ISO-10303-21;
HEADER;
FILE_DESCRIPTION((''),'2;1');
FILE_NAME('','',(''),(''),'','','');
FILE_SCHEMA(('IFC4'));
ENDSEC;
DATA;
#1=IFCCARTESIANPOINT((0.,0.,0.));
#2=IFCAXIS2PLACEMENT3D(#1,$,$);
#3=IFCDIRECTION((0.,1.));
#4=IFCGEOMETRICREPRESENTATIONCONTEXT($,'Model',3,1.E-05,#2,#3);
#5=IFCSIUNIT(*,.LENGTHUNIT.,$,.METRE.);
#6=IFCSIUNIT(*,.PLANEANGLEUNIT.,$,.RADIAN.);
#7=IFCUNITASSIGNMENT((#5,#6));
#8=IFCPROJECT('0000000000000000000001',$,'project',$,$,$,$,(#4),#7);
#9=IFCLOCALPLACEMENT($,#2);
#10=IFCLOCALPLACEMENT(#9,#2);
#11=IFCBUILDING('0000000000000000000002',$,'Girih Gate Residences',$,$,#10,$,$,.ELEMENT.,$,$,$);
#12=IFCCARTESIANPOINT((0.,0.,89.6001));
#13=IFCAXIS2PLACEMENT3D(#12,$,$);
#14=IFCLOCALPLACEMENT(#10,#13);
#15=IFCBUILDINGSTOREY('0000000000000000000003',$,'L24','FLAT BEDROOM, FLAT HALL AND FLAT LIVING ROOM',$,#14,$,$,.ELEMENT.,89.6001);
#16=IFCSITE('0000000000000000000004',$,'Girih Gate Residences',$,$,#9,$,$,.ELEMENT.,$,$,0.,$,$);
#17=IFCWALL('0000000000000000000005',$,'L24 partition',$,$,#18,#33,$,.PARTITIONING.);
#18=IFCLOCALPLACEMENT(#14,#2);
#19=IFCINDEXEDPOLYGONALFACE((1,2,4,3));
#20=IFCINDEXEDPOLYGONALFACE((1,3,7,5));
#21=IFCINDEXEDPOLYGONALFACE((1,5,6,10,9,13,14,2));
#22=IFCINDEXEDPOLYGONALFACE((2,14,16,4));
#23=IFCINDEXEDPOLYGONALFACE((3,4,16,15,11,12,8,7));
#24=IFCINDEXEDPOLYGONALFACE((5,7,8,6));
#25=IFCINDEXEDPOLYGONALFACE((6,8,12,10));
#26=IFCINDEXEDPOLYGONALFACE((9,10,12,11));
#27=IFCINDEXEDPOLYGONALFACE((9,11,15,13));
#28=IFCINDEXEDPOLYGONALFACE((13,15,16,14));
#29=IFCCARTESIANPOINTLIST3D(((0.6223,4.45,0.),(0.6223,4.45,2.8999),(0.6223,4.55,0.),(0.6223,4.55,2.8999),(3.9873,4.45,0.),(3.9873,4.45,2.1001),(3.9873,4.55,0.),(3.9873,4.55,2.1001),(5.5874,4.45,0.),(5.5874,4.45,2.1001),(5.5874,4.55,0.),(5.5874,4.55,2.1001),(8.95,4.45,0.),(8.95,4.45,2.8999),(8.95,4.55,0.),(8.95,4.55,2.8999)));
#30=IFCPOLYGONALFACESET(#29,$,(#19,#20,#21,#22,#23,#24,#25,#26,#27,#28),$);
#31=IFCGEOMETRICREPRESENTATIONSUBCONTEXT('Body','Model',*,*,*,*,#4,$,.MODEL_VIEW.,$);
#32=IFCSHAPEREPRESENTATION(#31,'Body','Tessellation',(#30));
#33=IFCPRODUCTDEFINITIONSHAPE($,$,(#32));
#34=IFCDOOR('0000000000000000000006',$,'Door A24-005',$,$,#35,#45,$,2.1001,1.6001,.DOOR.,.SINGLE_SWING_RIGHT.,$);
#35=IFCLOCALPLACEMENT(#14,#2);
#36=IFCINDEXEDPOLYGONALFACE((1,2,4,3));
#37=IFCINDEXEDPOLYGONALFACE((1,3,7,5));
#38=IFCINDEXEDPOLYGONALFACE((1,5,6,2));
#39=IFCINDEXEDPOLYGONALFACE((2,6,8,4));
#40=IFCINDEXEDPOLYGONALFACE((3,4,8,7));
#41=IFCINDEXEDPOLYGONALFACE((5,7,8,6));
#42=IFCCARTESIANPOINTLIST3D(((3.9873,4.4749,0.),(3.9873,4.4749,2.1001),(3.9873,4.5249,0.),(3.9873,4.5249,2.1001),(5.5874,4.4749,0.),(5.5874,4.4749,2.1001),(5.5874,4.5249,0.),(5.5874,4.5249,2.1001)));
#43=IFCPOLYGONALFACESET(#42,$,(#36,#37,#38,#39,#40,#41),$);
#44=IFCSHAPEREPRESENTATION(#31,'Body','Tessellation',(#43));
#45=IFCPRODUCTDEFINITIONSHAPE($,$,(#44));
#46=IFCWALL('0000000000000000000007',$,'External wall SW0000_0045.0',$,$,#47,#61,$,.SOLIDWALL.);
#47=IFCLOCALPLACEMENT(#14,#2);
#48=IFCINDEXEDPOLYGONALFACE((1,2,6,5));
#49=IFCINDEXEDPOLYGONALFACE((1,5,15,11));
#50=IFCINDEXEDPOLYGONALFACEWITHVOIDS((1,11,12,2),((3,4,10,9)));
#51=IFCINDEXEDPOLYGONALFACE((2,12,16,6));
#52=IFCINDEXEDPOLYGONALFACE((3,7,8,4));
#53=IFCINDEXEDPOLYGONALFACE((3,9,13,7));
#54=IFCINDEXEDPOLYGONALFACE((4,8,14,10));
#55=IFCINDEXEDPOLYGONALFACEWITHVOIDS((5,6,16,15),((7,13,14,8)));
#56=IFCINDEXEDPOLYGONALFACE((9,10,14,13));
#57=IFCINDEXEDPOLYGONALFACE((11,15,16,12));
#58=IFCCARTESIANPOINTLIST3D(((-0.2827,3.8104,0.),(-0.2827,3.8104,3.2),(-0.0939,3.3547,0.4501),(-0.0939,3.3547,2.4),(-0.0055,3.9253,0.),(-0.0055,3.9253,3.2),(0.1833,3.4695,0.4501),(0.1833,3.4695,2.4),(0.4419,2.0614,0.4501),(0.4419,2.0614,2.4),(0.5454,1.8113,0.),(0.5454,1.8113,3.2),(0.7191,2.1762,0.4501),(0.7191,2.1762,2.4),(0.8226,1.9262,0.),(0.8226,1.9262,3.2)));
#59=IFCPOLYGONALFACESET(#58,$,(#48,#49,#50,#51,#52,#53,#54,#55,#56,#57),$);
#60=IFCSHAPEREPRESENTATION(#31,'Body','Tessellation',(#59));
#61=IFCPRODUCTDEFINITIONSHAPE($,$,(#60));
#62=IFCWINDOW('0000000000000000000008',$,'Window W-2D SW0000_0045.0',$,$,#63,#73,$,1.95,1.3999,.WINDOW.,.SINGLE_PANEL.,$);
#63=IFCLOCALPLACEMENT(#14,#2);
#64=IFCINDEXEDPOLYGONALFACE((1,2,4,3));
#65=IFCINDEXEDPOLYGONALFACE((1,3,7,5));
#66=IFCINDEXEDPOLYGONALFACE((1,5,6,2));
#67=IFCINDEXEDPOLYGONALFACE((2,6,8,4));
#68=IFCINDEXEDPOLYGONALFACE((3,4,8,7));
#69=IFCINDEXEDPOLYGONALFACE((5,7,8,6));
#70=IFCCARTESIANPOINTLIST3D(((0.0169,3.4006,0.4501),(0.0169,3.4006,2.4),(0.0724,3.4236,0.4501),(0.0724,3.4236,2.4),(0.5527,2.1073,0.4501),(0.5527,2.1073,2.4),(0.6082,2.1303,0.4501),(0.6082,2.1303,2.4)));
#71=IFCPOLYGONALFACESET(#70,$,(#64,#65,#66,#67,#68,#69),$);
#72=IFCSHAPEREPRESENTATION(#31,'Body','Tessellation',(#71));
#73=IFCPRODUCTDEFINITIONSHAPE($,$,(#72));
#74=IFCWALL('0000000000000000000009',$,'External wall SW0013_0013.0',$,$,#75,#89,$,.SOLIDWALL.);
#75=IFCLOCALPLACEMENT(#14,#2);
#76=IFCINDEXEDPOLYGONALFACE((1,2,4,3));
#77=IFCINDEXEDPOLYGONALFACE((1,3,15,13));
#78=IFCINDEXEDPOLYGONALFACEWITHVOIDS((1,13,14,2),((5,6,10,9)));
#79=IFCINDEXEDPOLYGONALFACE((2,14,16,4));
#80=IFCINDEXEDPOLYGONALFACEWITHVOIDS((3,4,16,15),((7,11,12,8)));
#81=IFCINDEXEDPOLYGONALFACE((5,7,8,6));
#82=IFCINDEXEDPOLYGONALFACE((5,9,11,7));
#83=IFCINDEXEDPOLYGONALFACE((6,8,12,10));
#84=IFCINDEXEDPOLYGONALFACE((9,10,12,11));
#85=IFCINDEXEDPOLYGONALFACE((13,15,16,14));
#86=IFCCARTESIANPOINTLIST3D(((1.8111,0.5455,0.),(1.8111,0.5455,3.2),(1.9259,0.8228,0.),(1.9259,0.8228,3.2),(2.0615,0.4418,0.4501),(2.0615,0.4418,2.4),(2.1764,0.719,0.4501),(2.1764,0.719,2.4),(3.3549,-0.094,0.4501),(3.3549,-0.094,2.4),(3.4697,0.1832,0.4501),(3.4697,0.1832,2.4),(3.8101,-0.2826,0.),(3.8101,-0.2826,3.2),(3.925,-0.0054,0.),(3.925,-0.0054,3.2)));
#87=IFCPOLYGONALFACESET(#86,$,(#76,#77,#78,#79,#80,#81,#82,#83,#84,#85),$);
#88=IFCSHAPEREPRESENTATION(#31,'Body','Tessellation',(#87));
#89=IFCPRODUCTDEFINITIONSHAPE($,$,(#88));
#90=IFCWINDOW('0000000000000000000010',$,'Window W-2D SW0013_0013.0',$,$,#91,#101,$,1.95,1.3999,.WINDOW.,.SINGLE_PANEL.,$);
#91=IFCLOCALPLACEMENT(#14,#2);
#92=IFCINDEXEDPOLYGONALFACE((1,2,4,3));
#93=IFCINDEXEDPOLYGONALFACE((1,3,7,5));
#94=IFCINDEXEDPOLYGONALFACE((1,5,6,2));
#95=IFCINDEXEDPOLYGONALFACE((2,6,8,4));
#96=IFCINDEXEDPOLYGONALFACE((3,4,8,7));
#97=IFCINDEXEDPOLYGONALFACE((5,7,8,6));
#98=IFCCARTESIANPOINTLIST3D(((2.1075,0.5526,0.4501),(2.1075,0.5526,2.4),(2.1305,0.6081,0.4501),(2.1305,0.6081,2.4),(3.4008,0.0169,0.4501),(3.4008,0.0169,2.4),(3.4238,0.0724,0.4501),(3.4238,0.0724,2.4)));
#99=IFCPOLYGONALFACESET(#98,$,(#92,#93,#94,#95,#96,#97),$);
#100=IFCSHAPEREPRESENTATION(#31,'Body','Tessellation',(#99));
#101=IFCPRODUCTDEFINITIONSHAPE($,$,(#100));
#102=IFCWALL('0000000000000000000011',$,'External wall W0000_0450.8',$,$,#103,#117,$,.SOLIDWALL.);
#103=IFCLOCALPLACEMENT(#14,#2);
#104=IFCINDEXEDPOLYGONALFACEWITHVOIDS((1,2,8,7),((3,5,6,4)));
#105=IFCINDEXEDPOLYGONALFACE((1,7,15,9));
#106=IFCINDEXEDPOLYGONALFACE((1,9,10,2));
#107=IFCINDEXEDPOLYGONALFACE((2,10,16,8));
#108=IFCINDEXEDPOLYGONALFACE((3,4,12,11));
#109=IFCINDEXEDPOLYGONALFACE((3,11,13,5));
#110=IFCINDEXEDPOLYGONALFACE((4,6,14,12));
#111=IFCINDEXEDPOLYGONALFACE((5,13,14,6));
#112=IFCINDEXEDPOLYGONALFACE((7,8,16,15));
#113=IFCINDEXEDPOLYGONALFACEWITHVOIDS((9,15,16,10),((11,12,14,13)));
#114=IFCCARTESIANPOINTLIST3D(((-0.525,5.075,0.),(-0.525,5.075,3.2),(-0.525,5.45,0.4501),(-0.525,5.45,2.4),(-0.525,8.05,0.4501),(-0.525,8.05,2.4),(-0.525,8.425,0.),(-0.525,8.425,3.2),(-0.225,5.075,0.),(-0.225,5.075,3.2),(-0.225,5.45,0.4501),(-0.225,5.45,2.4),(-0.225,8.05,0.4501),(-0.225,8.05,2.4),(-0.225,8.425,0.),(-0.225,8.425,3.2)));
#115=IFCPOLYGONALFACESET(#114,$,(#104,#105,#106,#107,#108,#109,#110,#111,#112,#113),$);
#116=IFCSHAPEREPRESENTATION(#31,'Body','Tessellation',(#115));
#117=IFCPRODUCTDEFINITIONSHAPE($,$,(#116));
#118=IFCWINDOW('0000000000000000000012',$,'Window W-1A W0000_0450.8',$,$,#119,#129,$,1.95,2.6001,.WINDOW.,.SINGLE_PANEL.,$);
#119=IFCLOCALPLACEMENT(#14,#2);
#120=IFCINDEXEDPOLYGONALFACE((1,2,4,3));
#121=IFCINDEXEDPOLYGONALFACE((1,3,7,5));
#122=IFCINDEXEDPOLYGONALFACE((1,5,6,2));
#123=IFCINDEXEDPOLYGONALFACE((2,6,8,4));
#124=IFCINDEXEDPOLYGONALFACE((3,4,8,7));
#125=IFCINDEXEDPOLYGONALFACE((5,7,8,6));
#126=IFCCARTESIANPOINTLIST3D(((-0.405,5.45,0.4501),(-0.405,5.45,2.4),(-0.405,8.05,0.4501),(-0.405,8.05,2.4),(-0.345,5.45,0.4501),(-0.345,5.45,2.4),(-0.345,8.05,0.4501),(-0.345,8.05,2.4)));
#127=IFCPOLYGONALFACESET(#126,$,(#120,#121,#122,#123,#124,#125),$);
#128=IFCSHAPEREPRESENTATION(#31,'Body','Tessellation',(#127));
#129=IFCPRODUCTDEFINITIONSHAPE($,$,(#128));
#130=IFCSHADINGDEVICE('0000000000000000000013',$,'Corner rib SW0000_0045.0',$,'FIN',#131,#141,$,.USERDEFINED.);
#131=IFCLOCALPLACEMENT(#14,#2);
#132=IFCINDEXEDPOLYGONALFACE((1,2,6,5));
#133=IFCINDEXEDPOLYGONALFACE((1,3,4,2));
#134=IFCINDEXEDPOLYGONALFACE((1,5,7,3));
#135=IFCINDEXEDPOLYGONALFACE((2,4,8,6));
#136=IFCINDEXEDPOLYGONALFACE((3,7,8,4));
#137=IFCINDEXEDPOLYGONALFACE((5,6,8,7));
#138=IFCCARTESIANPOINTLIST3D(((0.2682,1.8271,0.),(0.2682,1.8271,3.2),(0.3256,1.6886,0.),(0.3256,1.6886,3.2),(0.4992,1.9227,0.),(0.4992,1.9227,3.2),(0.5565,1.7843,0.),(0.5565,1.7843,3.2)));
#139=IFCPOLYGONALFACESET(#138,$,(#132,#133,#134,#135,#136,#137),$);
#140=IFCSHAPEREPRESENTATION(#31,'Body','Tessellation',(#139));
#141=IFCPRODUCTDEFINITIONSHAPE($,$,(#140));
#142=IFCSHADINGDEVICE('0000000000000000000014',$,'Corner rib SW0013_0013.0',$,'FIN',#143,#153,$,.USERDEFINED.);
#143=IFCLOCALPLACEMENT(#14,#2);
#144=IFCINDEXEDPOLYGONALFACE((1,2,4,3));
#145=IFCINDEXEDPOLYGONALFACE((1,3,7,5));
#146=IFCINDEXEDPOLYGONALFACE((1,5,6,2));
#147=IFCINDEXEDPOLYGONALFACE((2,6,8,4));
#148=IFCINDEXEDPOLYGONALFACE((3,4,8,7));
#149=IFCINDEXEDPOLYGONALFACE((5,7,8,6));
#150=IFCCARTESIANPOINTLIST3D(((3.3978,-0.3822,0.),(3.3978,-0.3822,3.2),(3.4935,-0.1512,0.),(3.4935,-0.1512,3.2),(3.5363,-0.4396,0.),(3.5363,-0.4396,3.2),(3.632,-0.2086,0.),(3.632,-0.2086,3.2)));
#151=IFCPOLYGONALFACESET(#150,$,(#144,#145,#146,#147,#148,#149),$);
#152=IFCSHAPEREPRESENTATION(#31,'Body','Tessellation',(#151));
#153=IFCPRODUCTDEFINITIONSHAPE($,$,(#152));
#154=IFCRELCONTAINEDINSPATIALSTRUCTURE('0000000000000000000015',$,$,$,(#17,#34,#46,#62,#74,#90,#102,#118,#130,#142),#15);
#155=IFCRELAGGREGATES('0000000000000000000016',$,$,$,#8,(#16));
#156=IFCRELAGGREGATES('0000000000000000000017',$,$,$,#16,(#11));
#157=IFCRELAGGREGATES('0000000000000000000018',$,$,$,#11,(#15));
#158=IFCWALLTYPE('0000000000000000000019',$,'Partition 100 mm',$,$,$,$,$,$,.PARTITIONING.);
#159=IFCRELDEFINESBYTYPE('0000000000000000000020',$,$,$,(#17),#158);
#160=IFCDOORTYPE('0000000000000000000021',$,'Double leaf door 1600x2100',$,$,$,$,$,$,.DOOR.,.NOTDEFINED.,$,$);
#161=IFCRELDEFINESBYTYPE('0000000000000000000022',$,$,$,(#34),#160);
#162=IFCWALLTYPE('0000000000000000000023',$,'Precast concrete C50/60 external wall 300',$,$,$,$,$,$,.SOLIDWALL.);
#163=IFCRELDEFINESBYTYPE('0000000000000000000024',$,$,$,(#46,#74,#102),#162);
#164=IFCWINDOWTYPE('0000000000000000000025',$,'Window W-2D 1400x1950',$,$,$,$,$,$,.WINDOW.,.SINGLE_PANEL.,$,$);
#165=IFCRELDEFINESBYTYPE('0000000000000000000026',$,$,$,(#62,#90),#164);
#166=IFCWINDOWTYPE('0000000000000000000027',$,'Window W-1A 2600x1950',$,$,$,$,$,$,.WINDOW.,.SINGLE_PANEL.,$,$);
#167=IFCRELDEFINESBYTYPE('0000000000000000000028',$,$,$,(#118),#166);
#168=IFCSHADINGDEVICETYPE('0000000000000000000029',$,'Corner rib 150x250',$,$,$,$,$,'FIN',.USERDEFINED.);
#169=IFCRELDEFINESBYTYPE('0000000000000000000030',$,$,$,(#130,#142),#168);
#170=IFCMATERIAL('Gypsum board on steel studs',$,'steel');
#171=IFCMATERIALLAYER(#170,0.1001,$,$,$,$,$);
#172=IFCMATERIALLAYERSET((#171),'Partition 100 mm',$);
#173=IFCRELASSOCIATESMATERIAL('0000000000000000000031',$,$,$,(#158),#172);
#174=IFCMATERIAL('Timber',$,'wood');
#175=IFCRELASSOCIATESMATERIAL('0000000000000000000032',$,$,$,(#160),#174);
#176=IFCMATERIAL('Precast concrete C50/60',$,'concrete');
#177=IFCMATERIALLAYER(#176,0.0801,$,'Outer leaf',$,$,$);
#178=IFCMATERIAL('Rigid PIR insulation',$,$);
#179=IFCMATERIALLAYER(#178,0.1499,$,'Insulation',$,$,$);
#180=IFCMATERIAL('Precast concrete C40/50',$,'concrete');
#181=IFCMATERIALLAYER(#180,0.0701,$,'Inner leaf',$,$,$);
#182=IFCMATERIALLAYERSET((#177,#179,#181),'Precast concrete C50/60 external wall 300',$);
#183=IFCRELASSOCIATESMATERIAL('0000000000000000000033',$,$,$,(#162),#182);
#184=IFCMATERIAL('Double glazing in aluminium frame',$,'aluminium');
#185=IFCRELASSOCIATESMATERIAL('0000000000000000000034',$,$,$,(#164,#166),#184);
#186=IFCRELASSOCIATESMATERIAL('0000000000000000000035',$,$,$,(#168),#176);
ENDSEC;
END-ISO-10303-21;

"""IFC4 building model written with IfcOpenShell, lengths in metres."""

from ifc_helpers import new_model, si_unit, direction, frame, frame_2d, origin, origin_2d, place, context, subcontext, project, spatial, rectangle, extrude, material, layer, layer_set, type_object, element, fill, save


model = new_model("IFC4")

# Units and contexts
model_context = context("Model", 3, precision=1e-05, world=origin(), true_north=direction((0.0, 1.0)))
body_context = subcontext(model_context, "Body", "Model", "MODEL_VIEW")
ifc_project = project(units=[si_unit("LENGTHUNIT", "METRE"), si_unit("PLANEANGLEUNIT", "RADIAN")], contexts=[model_context])

# Site, building, storey
site_placement = place(None, origin())
site = spatial("IfcSite", under=ifc_project, at=site_placement, Name="Girih Gate Residences", CompositionType="ELEMENT", RefElevation=0.0)
building_placement = place(site_placement, origin())
building = spatial("IfcBuilding", under=site, at=building_placement, Name="Girih Gate Residences", CompositionType="ELEMENT")
storey_placement = place(building_placement, frame((0.0, 0.0, 89.6001)))
storey = spatial("IfcBuildingStorey", under=building, at=storey_placement, Name="L24", Description="FLAT BEDROOM, FLAT HALL AND FLAT LIVING ROOM", CompositionType="ELEMENT", Elevation=89.6001)

# Wall, opening, door
ifc_material_1 = material(Name="Gypsum board on steel studs", Category="steel")
ifc_layer_1 = layer(ifc_material_1, 0.1001)
ifc_layer_set_1 = layer_set([ifc_layer_1], Name="Partition 100 mm")
wall_type_1 = type_object("IfcWallType", Name="Partition 100 mm", PredefinedType="PARTITIONING", material=ifc_layer_set_1)
wall_1_placement = place(storey_placement, frame((0.6223, 4.5, 0.0), z_axis=(0.0, 0.0, 1.0), x_axis=(1.0, 0.0, 0.0)))
wall_1 = element("IfcWall", 1, at=wall_1_placement, inside=storey, type_object=wall_type_1, Name="L24 partition", PredefinedType="PARTITIONING", context=body_context, shape_type="SweptSolid", body=[
    extrude(rectangle(XDim=8.3276, YDim=0.1001, at=frame_2d((4.1638, 0.0))), origin(), (0.0, 0.0, 1.0), 2.8999),
])
opening_1_placement = place(wall_1_placement, frame((3.365, 0.0, 0.0)))
opening_1 = element("IfcOpeningElement", 2, at=opening_1_placement, cuts=wall_1, PredefinedType="OPENING", context=body_context, shape_type="SweptSolid", body=[
    extrude(rectangle(XDim=1.6001, YDim=2.1001, at=frame_2d((0.8, 1.05))), frame((0.0, 0.0601, 0.0), z_axis=(0.0, -1.0, 0.0), x_axis=(1.0, 0.0, 0.0)), (0.0, 0.0, 1.0), 0.1201),
])
ifc_material_2 = material(Name="Timber", Category="wood")
door_type = type_object("IfcDoorType", Name="Double leaf door 1600x2100", OperationType="NOTDEFINED", PredefinedType="DOOR", material=ifc_material_2)
door_placement = place(opening_1_placement, origin())
door = element("IfcDoor", 3, at=door_placement, inside=storey, type_object=door_type, Name="Door A24-005", OperationType="SINGLE_SWING_RIGHT", OverallHeight=2.1001, OverallWidth=1.6001, PredefinedType="DOOR", context=body_context, shape_type="SweptSolid", body=[
    extrude(rectangle(XDim=1.6001, YDim=2.1001, at=frame_2d((0.8, 1.05))), frame((0.0, 0.0249, 0.0), z_axis=(0.0, -1.0, 0.0), x_axis=(1.0, 0.0, 0.0)), (0.0, 0.0, 1.0), 0.05),
])
fill(opening_1, door)

# Walls, openings, windows
ifc_material_3 = material(Name="Precast concrete C50/60", Category="concrete")
ifc_layer_2 = layer(ifc_material_3, 0.0801, Name="Outer leaf")
ifc_material_4 = material(Name="Rigid PIR insulation")
ifc_layer_3 = layer(ifc_material_4, 0.1499, Name="Insulation")
ifc_material_5 = material(Name="Precast concrete C40/50", Category="concrete")
ifc_layer_4 = layer(ifc_material_5, 0.0701, Name="Inner leaf")
ifc_layer_set_2 = layer_set([ifc_layer_2, ifc_layer_3, ifc_layer_4], Name="Precast concrete C50/60 external wall 300")
wall_type_2 = type_object("IfcWallType", Name="Precast concrete C50/60 external wall 300", PredefinedType="SOLIDWALL", material=ifc_layer_set_2)
wall_2_placement = place(storey_placement, frame((0.6841, 1.8687, 0.0), z_axis=(0.0, 0.0, 1.0), x_axis=(-0.382724, 0.923863, 0.0)))
wall_2 = element("IfcWall", 4, at=wall_2_placement, inside=storey, type_object=wall_type_2, Name="External wall SW0000_0045.0", PredefinedType="SOLIDWALL", context=body_context, shape_type="SweptSolid", body=[
    extrude(rectangle(XDim=2.1638, YDim=0.3, at=frame_2d((1.082, 0.0))), origin(), (0.0, 0.0, 1.0), 3.2),
])
opening_2_placement = place(wall_2_placement, frame((0.2708, 0.0, 0.45)))
opening_2 = element("IfcOpeningElement", 5, at=opening_2_placement, cuts=wall_2, PredefinedType="OPENING", context=body_context, shape_type="SweptSolid", body=[
    extrude(rectangle(XDim=1.3999, YDim=1.95, at=frame_2d((0.7, 0.9751))), frame((0.0, 0.1599, 0.0), z_axis=(0.0, -1.0, 0.0), x_axis=(1.0, 0.0, 0.0)), (0.0, 0.0, 1.0), 0.3201),
])
ifc_material_6 = material(Name="Double glazing in aluminium frame", Category="aluminium")
window_type_1 = type_object("IfcWindowType", Name="Window W-2D 1400x1950", PartitioningType="SINGLE_PANEL", PredefinedType="WINDOW", material=ifc_material_6)
window_1_placement = place(opening_2_placement, origin())
window_1 = element("IfcWindow", 6, at=window_1_placement, inside=storey, type_object=window_type_1, Name="Window W-2D SW0000_0045.0", OverallHeight=1.95, OverallWidth=1.3999, PartitioningType="SINGLE_PANEL", PredefinedType="WINDOW", context=body_context, shape_type="SweptSolid", body=[
    extrude(rectangle(XDim=1.3999, YDim=1.95, at=frame_2d((0.7, 0.9751))), frame((0.0, 0.03, 0.0), z_axis=(0.0, -1.0, 0.0), x_axis=(1.0, 0.0, 0.0)), (0.0, 0.0, 1.0), 0.0601),
])
fill(opening_2, window_1)
wall_3_placement = place(storey_placement, frame((3.8677, -0.144, 0.0), z_axis=(0.0, 0.0, 1.0), x_axis=(-0.923863, 0.382724, 0.0)))
wall_3 = element("IfcWall", 7, at=wall_3_placement, inside=storey, type_object=wall_type_2, Name="External wall SW0013_0013.0", PredefinedType="SOLIDWALL", context=body_context, shape_type="SweptSolid", body=[
    extrude(rectangle(XDim=2.1638, YDim=0.3, at=frame_2d((1.082, 0.0))), origin(), (0.0, 0.0, 1.0), 3.2),
])
opening_3_placement = place(wall_3_placement, frame((0.4929, 0.0, 0.45)))
opening_3 = element("IfcOpeningElement", 8, at=opening_3_placement, cuts=wall_3, PredefinedType="OPENING", context=body_context, shape_type="SweptSolid", body=[
    extrude(rectangle(XDim=1.3999, YDim=1.95, at=frame_2d((0.7, 0.9751))), frame((0.0, 0.1599, 0.0), z_axis=(0.0, -1.0, 0.0), x_axis=(1.0, 0.0, 0.0)), (0.0, 0.0, 1.0), 0.3201),
])
window_2_placement = place(opening_3_placement, origin())
window_2 = element("IfcWindow", 9, at=window_2_placement, inside=storey, type_object=window_type_1, Name="Window W-2D SW0013_0013.0", OverallHeight=1.95, OverallWidth=1.3999, PartitioningType="SINGLE_PANEL", PredefinedType="WINDOW", context=body_context, shape_type="SweptSolid", body=[
    extrude(rectangle(XDim=1.3999, YDim=1.95, at=frame_2d((0.7, 0.9751))), frame((0.0, 0.03, 0.0), z_axis=(0.0, -1.0, 0.0), x_axis=(1.0, 0.0, 0.0)), (0.0, 0.0, 1.0), 0.0601),
])
fill(opening_3, window_2)
wall_4_placement = place(storey_placement, frame((-0.375, 5.075, 0.0), z_axis=(0.0, 0.0, 1.0), x_axis=(0.0, 1.0, 0.0)))
wall_4 = element("IfcWall", 10, at=wall_4_placement, inside=storey, type_object=wall_type_2, Name="External wall W0000_0450.8", PredefinedType="SOLIDWALL", context=body_context, shape_type="SweptSolid", body=[
    extrude(rectangle(XDim=3.3501, YDim=0.3, at=frame_2d((1.675, 0.0))), origin(), (0.0, 0.0, 1.0), 3.2),
])
opening_4_placement = place(wall_4_placement, frame((0.375, 0.0, 0.45)))
opening_4 = element("IfcOpeningElement", 11, at=opening_4_placement, cuts=wall_4, PredefinedType="OPENING", context=body_context, shape_type="SweptSolid", body=[
    extrude(rectangle(XDim=2.6001, YDim=1.95, at=frame_2d((1.3, 0.9751))), frame((0.0, 0.1599, 0.0), z_axis=(0.0, -1.0, 0.0), x_axis=(1.0, 0.0, 0.0)), (0.0, 0.0, 1.0), 0.3201),
])
window_type_2 = type_object("IfcWindowType", Name="Window W-1A 2600x1950", PartitioningType="SINGLE_PANEL", PredefinedType="WINDOW", material=ifc_material_6)
window_3_placement = place(opening_4_placement, origin())
window_3 = element("IfcWindow", 12, at=window_3_placement, inside=storey, type_object=window_type_2, Name="Window W-1A W0000_0450.8", OverallHeight=1.95, OverallWidth=2.6001, PartitioningType="SINGLE_PANEL", PredefinedType="WINDOW", context=body_context, shape_type="SweptSolid", body=[
    extrude(rectangle(XDim=2.6001, YDim=1.95, at=frame_2d((1.3, 0.9751))), frame((0.0, 0.03, 0.0), z_axis=(0.0, -1.0, 0.0), x_axis=(1.0, 0.0, 0.0)), (0.0, 0.0, 1.0), 0.0601),
])
fill(opening_4, window_3)

# Shading devices
shading_device_type = type_object("IfcShadingDeviceType", Name="Corner rib 150x250", ElementType="FIN", PredefinedType="USERDEFINED", material=ifc_material_3)
for number, where, z_axis, x_axis, name in (
    (13, (0.4124, 1.8057, 0.0), (0.0, 0.0, 1.0), (0.382683, -0.92388, 0.0), "Corner rib SW0000_0045.0"),
    (14, (3.5149, -0.2954, 0.0), (0.0, 0.0, 1.0), (0.92388, -0.382683, 0.0), "Corner rib SW0013_0013.0"),
):
    element("IfcShadingDevice", number, at=place(storey_placement, frame(where, z_axis=z_axis, x_axis=x_axis)), inside=storey, type_object=shading_device_type, Name=name, ObjectType="FIN", PredefinedType="USERDEFINED", context=body_context, shape_type="SweptSolid", body=[
        extrude(rectangle(XDim=0.1499, YDim=0.25, at=origin_2d()), origin(), (0.0, 0.0, 1.0), 3.2),
    ])

save(model, "model.ifc")
